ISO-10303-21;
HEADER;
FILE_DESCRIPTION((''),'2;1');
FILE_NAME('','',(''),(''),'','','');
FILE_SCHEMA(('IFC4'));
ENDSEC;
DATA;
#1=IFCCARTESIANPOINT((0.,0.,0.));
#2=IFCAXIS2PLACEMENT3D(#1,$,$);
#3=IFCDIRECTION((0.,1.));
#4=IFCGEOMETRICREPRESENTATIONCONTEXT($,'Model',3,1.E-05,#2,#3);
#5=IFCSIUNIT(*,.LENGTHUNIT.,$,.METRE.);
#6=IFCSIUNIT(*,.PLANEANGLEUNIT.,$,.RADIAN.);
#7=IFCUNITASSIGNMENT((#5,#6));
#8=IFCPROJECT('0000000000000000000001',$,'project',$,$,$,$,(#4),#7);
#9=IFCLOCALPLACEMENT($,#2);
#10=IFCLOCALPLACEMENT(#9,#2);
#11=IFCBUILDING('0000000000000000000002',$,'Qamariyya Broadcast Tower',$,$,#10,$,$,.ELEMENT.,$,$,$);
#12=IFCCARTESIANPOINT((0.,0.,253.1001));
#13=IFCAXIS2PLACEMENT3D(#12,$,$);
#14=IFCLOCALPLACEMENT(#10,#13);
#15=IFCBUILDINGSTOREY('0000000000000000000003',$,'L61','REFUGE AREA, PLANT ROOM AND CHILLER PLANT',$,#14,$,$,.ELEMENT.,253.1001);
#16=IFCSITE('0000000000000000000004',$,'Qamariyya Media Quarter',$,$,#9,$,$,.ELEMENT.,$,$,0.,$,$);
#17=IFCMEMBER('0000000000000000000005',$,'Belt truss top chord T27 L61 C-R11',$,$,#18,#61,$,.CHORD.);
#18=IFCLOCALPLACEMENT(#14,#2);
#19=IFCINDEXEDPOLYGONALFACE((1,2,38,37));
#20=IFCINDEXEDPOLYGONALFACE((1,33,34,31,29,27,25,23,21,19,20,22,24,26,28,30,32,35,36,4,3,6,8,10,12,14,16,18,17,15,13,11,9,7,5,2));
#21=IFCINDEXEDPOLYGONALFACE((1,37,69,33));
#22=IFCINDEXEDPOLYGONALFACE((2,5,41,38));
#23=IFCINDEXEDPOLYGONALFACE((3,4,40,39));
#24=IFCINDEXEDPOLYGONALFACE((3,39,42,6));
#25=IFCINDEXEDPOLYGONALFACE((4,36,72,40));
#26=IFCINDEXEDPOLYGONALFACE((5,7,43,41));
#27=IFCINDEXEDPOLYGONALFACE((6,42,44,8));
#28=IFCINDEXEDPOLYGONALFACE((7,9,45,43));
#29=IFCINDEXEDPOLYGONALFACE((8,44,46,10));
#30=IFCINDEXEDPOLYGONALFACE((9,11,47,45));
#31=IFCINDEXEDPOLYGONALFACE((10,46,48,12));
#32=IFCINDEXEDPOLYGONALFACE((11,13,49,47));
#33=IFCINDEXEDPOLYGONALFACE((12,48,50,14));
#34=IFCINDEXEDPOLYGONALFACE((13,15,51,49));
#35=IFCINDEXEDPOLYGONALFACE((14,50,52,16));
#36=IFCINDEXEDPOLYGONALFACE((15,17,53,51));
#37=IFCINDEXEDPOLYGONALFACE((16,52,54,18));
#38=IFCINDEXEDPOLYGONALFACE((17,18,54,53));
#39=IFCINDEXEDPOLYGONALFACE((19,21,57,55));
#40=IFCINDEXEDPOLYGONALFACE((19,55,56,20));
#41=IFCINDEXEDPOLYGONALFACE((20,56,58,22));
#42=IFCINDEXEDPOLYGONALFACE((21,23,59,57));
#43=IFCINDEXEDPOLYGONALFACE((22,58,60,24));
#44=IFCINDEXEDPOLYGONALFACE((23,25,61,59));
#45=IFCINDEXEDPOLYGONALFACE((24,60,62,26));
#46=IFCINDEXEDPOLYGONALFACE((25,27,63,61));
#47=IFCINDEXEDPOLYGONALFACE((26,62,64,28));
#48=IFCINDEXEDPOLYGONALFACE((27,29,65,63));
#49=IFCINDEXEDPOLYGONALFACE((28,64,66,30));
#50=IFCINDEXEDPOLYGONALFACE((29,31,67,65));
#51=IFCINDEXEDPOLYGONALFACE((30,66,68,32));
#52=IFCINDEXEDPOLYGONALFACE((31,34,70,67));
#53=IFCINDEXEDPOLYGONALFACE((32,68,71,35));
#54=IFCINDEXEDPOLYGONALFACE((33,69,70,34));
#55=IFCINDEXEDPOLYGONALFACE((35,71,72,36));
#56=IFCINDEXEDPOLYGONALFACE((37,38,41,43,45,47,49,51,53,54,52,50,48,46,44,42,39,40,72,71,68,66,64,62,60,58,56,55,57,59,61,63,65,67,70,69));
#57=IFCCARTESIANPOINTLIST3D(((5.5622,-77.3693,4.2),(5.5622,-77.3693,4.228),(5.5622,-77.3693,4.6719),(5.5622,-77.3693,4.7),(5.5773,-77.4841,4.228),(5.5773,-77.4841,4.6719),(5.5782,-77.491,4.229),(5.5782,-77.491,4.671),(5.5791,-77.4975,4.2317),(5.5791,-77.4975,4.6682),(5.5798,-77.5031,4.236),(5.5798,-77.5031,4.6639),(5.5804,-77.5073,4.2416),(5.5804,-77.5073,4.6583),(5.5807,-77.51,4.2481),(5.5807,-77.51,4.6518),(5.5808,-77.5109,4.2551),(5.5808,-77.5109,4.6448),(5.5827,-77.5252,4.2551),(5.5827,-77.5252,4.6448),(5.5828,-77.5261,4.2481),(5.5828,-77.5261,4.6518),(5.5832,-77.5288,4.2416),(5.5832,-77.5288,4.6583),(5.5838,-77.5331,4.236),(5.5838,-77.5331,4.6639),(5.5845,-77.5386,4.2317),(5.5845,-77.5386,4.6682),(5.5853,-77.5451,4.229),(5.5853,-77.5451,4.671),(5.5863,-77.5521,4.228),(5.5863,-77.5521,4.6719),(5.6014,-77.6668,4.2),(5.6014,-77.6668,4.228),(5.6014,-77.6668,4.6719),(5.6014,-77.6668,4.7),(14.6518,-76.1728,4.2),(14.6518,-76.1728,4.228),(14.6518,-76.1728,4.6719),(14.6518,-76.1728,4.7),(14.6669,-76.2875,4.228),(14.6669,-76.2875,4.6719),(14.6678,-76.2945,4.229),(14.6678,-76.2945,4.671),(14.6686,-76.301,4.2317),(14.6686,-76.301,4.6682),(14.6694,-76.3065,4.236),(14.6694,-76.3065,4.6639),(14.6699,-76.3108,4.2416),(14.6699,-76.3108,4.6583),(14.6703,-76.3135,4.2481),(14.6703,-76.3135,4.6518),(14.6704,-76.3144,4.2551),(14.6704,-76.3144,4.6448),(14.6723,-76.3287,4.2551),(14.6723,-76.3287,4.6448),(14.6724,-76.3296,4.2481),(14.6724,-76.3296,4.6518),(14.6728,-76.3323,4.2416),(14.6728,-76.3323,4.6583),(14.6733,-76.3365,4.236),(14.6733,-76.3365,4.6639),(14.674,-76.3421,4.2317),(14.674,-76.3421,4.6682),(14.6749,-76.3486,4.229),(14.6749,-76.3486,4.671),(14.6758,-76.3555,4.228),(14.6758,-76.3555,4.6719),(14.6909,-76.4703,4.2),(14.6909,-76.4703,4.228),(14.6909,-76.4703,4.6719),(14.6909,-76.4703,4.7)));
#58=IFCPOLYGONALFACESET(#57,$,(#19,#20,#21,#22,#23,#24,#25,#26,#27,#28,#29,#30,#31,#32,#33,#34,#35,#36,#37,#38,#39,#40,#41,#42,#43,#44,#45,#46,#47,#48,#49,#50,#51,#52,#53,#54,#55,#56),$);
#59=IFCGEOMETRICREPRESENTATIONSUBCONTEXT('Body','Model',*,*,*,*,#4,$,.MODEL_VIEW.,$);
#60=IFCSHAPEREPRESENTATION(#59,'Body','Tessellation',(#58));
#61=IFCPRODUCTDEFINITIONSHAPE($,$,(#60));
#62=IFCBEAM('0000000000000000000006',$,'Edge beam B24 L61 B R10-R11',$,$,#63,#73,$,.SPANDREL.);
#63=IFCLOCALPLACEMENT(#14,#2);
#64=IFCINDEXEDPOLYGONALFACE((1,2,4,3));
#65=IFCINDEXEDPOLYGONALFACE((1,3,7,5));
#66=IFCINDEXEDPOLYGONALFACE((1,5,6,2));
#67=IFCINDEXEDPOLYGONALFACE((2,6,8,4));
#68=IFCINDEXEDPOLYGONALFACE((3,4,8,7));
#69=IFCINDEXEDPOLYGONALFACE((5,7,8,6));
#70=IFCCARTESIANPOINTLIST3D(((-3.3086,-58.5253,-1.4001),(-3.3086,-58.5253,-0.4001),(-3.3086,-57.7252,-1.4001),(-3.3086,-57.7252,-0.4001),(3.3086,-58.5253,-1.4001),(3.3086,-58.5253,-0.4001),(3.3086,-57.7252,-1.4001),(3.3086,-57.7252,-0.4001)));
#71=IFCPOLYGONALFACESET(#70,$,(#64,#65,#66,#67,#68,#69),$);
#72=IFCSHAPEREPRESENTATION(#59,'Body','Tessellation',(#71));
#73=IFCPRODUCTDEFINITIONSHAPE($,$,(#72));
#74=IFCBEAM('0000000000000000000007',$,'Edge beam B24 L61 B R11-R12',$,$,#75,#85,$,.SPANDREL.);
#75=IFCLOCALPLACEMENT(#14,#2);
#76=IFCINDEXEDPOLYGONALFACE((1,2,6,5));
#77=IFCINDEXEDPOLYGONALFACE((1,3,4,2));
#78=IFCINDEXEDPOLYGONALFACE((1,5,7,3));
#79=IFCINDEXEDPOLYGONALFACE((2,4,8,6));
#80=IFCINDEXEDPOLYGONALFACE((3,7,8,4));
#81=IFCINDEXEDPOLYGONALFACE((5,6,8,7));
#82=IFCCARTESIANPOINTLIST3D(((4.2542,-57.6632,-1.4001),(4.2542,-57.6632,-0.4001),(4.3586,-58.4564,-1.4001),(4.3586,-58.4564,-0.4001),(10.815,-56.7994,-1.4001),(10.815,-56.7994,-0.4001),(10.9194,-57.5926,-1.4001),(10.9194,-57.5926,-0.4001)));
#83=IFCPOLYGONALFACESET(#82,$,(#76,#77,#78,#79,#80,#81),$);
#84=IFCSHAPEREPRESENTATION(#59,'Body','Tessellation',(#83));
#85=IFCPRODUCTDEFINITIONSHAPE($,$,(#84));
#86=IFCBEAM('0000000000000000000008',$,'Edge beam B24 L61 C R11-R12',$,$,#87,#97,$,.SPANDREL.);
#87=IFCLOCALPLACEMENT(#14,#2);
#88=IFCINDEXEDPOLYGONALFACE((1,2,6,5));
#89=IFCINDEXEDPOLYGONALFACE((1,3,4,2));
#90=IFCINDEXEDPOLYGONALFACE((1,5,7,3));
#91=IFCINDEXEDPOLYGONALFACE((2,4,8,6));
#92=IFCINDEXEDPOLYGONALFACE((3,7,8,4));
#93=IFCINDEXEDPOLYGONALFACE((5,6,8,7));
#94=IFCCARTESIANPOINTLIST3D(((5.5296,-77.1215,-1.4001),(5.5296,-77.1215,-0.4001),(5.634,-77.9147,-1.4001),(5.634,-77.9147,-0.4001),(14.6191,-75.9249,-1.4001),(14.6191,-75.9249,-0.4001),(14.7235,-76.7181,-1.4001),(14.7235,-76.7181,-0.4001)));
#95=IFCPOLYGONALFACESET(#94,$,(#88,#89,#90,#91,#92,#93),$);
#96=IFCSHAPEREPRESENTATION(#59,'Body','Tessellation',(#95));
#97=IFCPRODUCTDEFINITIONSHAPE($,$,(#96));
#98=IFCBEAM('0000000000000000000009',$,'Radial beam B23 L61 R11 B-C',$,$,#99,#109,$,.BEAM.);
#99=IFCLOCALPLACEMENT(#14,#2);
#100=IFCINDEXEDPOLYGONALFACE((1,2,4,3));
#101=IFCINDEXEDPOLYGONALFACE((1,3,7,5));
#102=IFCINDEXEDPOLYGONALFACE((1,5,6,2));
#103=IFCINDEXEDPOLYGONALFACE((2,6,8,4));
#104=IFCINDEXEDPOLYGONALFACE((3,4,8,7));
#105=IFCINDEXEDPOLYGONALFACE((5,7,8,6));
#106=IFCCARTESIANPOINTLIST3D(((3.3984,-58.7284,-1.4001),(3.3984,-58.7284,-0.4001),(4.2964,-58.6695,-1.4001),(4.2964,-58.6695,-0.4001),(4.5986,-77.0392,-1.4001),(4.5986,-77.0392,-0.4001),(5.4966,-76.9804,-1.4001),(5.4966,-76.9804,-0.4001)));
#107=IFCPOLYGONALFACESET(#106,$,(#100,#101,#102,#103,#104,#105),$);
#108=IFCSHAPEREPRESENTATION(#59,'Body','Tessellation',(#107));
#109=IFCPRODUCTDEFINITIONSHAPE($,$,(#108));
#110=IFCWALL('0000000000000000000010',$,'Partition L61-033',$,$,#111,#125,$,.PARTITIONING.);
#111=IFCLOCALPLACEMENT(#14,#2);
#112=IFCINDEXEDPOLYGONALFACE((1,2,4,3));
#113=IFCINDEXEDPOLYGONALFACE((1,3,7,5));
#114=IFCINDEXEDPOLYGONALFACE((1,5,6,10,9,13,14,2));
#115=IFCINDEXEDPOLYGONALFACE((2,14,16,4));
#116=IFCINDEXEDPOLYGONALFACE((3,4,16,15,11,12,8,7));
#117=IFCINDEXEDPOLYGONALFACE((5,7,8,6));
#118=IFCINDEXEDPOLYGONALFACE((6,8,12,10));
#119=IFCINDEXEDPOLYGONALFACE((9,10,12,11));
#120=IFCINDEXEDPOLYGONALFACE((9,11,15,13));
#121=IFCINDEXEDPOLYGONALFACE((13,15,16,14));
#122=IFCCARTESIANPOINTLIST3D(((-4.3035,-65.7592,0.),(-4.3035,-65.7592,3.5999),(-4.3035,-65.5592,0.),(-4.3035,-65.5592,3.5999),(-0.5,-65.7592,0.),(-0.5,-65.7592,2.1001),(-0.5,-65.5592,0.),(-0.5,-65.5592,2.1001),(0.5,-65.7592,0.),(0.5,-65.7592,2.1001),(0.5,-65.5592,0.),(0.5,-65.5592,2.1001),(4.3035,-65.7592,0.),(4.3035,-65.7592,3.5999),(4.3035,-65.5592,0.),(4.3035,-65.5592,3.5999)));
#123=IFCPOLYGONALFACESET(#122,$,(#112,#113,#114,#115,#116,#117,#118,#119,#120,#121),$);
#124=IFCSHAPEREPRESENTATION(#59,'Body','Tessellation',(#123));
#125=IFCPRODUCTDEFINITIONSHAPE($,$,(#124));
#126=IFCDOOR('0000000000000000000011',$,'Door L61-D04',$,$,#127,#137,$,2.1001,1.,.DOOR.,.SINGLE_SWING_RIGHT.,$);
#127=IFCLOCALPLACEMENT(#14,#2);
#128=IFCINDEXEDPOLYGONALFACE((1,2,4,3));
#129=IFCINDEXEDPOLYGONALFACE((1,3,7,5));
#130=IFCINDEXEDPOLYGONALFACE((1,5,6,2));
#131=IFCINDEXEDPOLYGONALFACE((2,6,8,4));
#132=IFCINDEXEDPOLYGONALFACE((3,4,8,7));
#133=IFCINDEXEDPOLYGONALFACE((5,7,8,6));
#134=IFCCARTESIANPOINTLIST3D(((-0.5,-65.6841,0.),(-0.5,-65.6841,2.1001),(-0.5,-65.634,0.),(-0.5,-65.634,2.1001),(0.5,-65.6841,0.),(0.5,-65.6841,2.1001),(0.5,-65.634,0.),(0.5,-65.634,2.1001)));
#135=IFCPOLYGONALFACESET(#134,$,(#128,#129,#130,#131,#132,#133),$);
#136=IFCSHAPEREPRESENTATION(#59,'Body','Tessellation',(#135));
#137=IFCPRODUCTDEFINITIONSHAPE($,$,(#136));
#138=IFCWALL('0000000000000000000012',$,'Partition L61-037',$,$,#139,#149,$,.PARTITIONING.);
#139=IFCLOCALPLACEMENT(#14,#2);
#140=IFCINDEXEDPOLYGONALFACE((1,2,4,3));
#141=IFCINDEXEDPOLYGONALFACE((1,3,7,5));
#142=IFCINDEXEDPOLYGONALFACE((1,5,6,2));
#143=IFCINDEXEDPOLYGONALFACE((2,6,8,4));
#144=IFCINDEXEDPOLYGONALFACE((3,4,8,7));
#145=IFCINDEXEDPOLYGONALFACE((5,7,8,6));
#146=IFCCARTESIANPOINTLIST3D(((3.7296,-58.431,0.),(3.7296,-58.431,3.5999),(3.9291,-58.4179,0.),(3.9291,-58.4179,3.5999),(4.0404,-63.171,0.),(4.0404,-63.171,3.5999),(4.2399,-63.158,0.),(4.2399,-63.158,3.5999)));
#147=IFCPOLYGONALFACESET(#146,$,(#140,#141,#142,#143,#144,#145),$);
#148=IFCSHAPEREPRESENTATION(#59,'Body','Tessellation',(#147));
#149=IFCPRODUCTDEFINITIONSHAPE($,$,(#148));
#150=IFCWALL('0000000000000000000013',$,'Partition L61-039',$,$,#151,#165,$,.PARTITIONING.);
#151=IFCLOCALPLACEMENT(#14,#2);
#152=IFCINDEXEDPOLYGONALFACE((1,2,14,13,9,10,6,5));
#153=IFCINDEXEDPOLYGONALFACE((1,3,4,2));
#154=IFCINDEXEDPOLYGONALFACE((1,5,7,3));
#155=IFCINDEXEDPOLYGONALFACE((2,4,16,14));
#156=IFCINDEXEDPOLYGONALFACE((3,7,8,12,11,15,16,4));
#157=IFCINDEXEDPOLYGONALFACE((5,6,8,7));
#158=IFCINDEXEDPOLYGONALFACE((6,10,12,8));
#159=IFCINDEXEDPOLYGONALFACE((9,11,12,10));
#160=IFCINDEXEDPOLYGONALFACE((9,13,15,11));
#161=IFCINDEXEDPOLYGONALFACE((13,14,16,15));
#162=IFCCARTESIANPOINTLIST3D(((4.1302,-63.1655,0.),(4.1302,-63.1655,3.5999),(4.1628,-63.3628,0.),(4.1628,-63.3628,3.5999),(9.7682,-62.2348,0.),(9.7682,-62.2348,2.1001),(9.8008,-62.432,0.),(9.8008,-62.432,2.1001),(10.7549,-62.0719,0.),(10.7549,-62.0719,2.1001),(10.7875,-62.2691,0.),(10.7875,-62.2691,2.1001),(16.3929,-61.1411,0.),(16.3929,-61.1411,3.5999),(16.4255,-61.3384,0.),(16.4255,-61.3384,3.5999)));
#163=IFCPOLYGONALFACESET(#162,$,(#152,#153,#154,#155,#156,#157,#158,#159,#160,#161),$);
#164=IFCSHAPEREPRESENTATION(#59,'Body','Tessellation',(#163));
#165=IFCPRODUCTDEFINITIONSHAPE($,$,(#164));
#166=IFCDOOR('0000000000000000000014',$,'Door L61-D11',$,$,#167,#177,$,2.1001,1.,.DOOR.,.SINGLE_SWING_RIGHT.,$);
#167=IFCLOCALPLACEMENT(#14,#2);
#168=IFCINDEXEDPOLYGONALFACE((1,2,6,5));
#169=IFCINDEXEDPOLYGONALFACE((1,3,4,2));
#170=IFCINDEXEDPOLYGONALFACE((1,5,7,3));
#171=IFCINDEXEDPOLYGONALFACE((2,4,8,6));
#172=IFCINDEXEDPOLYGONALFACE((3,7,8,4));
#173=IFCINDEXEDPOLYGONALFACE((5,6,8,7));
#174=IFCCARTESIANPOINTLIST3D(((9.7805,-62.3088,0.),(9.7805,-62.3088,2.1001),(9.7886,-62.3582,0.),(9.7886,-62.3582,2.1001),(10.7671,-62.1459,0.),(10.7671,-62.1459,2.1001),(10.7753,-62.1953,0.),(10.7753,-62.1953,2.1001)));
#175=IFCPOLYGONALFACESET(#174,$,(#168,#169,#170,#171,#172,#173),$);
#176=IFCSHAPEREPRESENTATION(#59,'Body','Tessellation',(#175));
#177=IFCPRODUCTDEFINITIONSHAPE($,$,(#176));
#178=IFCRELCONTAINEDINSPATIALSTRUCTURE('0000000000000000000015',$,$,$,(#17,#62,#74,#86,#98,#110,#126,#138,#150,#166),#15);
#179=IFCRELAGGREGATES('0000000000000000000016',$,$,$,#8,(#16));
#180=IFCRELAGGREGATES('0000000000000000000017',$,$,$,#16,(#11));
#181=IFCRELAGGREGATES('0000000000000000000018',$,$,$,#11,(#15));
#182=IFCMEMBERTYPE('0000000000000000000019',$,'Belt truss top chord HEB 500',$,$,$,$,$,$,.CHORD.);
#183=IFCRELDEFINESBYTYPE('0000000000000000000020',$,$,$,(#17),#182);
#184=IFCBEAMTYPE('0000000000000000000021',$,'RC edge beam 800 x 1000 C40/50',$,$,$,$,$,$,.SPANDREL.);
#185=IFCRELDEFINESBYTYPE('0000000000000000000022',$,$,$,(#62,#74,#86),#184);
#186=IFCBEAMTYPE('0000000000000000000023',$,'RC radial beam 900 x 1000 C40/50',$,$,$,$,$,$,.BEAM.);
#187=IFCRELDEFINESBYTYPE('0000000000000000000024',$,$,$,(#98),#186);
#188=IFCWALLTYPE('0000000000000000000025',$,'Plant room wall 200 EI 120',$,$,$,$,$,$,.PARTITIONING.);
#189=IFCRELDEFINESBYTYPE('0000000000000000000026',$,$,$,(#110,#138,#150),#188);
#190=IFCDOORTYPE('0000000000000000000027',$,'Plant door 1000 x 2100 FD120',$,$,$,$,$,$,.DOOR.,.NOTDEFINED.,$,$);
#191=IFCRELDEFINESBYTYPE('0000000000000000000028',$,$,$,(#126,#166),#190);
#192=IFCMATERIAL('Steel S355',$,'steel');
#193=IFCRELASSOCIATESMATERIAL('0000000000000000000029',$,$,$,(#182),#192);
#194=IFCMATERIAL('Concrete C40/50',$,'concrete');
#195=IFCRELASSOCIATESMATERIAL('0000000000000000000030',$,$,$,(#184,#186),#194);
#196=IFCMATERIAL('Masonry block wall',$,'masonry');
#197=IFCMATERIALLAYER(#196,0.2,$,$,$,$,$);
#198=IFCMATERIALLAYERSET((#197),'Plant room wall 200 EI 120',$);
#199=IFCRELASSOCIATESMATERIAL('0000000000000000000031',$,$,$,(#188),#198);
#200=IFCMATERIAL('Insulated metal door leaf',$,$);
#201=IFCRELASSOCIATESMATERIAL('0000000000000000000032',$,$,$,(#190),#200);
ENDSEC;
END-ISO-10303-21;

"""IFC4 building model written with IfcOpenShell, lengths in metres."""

from ifc_helpers import new_model, si_unit, direction, frame, frame_2d, origin, origin_2d, place, context, subcontext, project, spatial, rectangle, i_section, extrude, material, layer, layer_set, material_profile, profile_set, type_object, element, fill, save


model = new_model("IFC4")

# Units and contexts
model_context = context("Model", 3, precision=1e-05, world=origin(), true_north=direction((0.0, 1.0)))
body_context = subcontext(model_context, "Body", "Model", "MODEL_VIEW")
ifc_project = project(units=[si_unit("LENGTHUNIT", "METRE"), si_unit("PLANEANGLEUNIT", "RADIAN")], contexts=[model_context])

# Site, building, storey
site_placement = place(None, origin())
site = spatial("IfcSite", under=ifc_project, at=site_placement, Name="Qamariyya Media Quarter", CompositionType="ELEMENT", RefElevation=0.0)
building_placement = place(site_placement, origin())
building = spatial("IfcBuilding", under=site, at=building_placement, Name="Qamariyya Broadcast Tower", CompositionType="ELEMENT")
storey_placement = place(building_placement, frame((0.0, 0.0, 253.1001)))
storey = spatial("IfcBuildingStorey", under=building, at=storey_placement, Name="L61", Description="REFUGE AREA, PLANT ROOM AND CHILLER PLANT", CompositionType="ELEMENT", Elevation=253.1001)

# Member
ifc_material_1 = material(Name="Steel S355", Category="steel")
ifc_material_profile_1 = material_profile(ifc_material_1, i_section(OverallWidth=0.3, OverallDepth=0.5, WebThickness=0.0144, FlangeThickness=0.0281, FilletRadius=0.0271, at=origin_2d()))
ifc_profile_set_1 = profile_set([ifc_material_profile_1], Name="Steel S355")
member_type_1 = type_object("IfcMemberType", Name="Belt truss top chord HEB 500", PredefinedType="CHORD", material=ifc_profile_set_1)
member_1_placement = place(storey_placement, frame((5.5818, -77.5181, 4.45), z_axis=(0.991447, 0.130512, 0.0), x_axis=(-0.130512, 0.991447, 0.0)))
element("IfcMember", 1, at=member_1_placement, inside=storey, type_object=member_type_1, Name="Belt truss top chord T27 L61 C-R11", PredefinedType="CHORD", context=body_context, shape_type="SweptSolid", body=[
    extrude(i_section(OverallWidth=0.3, OverallDepth=0.5, WebThickness=0.0144, FlangeThickness=0.0281, FilletRadius=0.0271, at=origin_2d()), origin(), (0.0, 0.0, 1.0), 9.168),
])

# Beams
ifc_material_2 = material(Name="Concrete C40/50", Category="concrete")
ifc_material_profile_2 = material_profile(ifc_material_2, rectangle(XDim=0.8, YDim=1.0, at=origin_2d()))
ifc_profile_set_2 = profile_set([ifc_material_profile_2], Name="Concrete C40/50")
beam_type_1 = type_object("IfcBeamType", Name="RC edge beam 800 x 1000 C40/50", PredefinedType="SPANDREL", material=ifc_profile_set_2)
beam_1_placement = place(storey_placement, frame((-3.3086, -58.1252, -0.9001), z_axis=(1.0, 0.0, 0.0), x_axis=(0.0, 1.0, 0.0)))
element("IfcBeam", 2, at=beam_1_placement, inside=storey, type_object=beam_type_1, Name="Edge beam B24 L61 B R10-R11", PredefinedType="SPANDREL", context=body_context, shape_type="SweptSolid", body=[
    extrude(rectangle(XDim=0.8, YDim=1.0, at=origin_2d()), origin(), (0.0, 0.0, 1.0), 6.6172),
])
beam_2_placement = place(storey_placement, frame((4.3064, -58.0598, -0.9001), z_axis=(0.991444, 0.13053, 0.0), x_axis=(-0.13053, 0.991444, 0.0)))
element("IfcBeam", 3, at=beam_2_placement, inside=storey, type_object=beam_type_1, Name="Edge beam B24 L61 B R11-R12", PredefinedType="SPANDREL", context=body_context, shape_type="SweptSolid", body=[
    extrude(rectangle(XDim=0.8, YDim=1.0, at=origin_2d()), origin(), (0.0, 0.0, 1.0), 6.6174),
])
beam_3_placement = place(storey_placement, frame((5.5818, -77.5181, -0.9001), z_axis=(0.991447, 0.130512, 0.0), x_axis=(-0.130512, 0.991447, 0.0)))
element("IfcBeam", 4, at=beam_3_placement, inside=storey, type_object=beam_type_1, Name="Edge beam B24 L61 C R11-R12", PredefinedType="SPANDREL", context=body_context, shape_type="SweptSolid", body=[
    extrude(rectangle(XDim=0.8, YDim=1.0, at=origin_2d()), origin(), (0.0, 0.0, 1.0), 9.168),
])
ifc_material_profile_3 = material_profile(ifc_material_2, rectangle(XDim=0.8999, YDim=1.0, at=origin_2d()))
ifc_profile_set_3 = profile_set([ifc_material_profile_3], Name="Concrete C40/50")
beam_type_2 = type_object("IfcBeamType", Name="RC radial beam 900 x 1000 C40/50", PredefinedType="BEAM", material=ifc_profile_set_3)
beam_4_placement = place(storey_placement, frame((3.8474, -58.699, -0.9001), z_axis=(0.065405, -0.997859, 0.0), x_axis=(0.997859, 0.065405, 0.0)))
element("IfcBeam", 5, at=beam_4_placement, inside=storey, type_object=beam_type_2, Name="Radial beam B23 L61 R11 B-C", PredefinedType="BEAM", context=body_context, shape_type="SweptSolid", body=[
    extrude(rectangle(XDim=0.8999, YDim=1.0, at=origin_2d()), origin(), (0.0, 0.0, 1.0), 18.3501),
])

# Wall, opening, door
ifc_material_3 = material(Name="Masonry block wall", Category="masonry")
ifc_layer_1 = layer(ifc_material_3, 0.2)
ifc_layer_set_1 = layer_set([ifc_layer_1], Name="Plant room wall 200 EI 120")
wall_type_1 = type_object("IfcWallType", Name="Plant room wall 200 EI 120", PredefinedType="PARTITIONING", material=ifc_layer_set_1)
wall_1_placement = place(storey_placement, frame((4.3035, -65.6592, 0.0), z_axis=(0.0, 0.0, 1.0), x_axis=(-1.0, 0.0, 0.0)))
wall_1 = element("IfcWall", 6, at=wall_1_placement, inside=storey, type_object=wall_type_1, Name="Partition L61-033", PredefinedType="PARTITIONING", context=body_context, shape_type="SweptSolid", body=[
    extrude(rectangle(XDim=8.6069, YDim=0.2, at=frame_2d((4.3035, 0.0))), origin(), (0.0, 0.0, 1.0), 3.5999),
])
opening_1_placement = place(wall_1_placement, frame((3.8035, 0.0, 0.0)))
opening_1 = element("IfcOpeningElement", 7, at=opening_1_placement, cuts=wall_1, PredefinedType="OPENING", context=body_context, shape_type="SweptSolid", body=[
    extrude(rectangle(XDim=1.0, YDim=2.1001, at=frame_2d((0.5, 1.05))), frame((0.0, 0.1099, 0.0), z_axis=(0.0, -1.0, 0.0), x_axis=(1.0, 0.0, 0.0)), (0.0, 0.0, 1.0), 0.22),
])
ifc_material_4 = material(Name="Insulated metal door leaf")
door_type = type_object("IfcDoorType", Name="Plant door 1000 x 2100 FD120", OperationType="NOTDEFINED", PredefinedType="DOOR", material=ifc_material_4)
door_1_placement = place(opening_1_placement, origin())
door_1 = element("IfcDoor", 8, at=door_1_placement, inside=storey, type_object=door_type, Name="Door L61-D04", OperationType="SINGLE_SWING_RIGHT", OverallHeight=2.1001, OverallWidth=1.0, PredefinedType="DOOR", context=body_context, shape_type="SweptSolid", body=[
    extrude(rectangle(XDim=1.0, YDim=2.1001, at=frame_2d((0.5, 1.05))), frame((0.0, 0.0249, 0.0), z_axis=(0.0, -1.0, 0.0), x_axis=(1.0, 0.0, 0.0)), (0.0, 0.0, 1.0), 0.05),
])
fill(opening_1, door_1)

# Wall
wall_2_placement = place(storey_placement, frame((3.8293, -58.4246, 0.0), z_axis=(0.0, 0.0, 1.0), x_axis=(0.065427, -0.997857, 0.0)))
element("IfcWall", 9, at=wall_2_placement, inside=storey, type_object=wall_type_1, Name="Partition L61-037", PredefinedType="PARTITIONING", context=body_context, shape_type="SweptSolid", body=[
    extrude(rectangle(XDim=4.7502, YDim=0.2, at=frame_2d((2.375, 0.0))), origin(), (0.0, 0.0, 1.0), 3.5999),
])

# Wall, opening, door
wall_3_placement = place(storey_placement, frame((4.1465, -63.2642, 0.0), z_axis=(0.0, 0.0, 1.0), x_axis=(0.986645, 0.162883, 0.0)))
wall_3 = element("IfcWall", 10, at=wall_3_placement, inside=storey, type_object=wall_type_1, Name="Partition L61-039", PredefinedType="PARTITIONING", context=body_context, shape_type="SweptSolid", body=[
    extrude(rectangle(XDim=12.4287, YDim=0.2, at=frame_2d((6.2144, 0.0))), origin(), (0.0, 0.0, 1.0), 3.5999),
])
opening_2_placement = place(wall_3_placement, frame((5.7144, 0.0, 0.0)))
opening_2 = element("IfcOpeningElement", 11, at=opening_2_placement, cuts=wall_3, PredefinedType="OPENING", context=body_context, shape_type="SweptSolid", body=[
    extrude(rectangle(XDim=1.0, YDim=2.1001, at=frame_2d((0.5, 1.05))), frame((0.0, 0.1099, 0.0), z_axis=(0.0, -1.0, 0.0), x_axis=(1.0, 0.0, 0.0)), (0.0, 0.0, 1.0), 0.22),
])
door_2_placement = place(opening_2_placement, origin())
door_2 = element("IfcDoor", 12, at=door_2_placement, inside=storey, type_object=door_type, Name="Door L61-D11", OperationType="SINGLE_SWING_RIGHT", OverallHeight=2.1001, OverallWidth=1.0, PredefinedType="DOOR", context=body_context, shape_type="SweptSolid", body=[
    extrude(rectangle(XDim=1.0, YDim=2.1001, at=frame_2d((0.5, 1.05))), frame((0.0, 0.0249, 0.0), z_axis=(0.0, -1.0, 0.0), x_axis=(1.0, 0.0, 0.0)), (0.0, 0.0, 1.0), 0.05),
])
fill(opening_2, door_2)

save(model, "model.ifc")
